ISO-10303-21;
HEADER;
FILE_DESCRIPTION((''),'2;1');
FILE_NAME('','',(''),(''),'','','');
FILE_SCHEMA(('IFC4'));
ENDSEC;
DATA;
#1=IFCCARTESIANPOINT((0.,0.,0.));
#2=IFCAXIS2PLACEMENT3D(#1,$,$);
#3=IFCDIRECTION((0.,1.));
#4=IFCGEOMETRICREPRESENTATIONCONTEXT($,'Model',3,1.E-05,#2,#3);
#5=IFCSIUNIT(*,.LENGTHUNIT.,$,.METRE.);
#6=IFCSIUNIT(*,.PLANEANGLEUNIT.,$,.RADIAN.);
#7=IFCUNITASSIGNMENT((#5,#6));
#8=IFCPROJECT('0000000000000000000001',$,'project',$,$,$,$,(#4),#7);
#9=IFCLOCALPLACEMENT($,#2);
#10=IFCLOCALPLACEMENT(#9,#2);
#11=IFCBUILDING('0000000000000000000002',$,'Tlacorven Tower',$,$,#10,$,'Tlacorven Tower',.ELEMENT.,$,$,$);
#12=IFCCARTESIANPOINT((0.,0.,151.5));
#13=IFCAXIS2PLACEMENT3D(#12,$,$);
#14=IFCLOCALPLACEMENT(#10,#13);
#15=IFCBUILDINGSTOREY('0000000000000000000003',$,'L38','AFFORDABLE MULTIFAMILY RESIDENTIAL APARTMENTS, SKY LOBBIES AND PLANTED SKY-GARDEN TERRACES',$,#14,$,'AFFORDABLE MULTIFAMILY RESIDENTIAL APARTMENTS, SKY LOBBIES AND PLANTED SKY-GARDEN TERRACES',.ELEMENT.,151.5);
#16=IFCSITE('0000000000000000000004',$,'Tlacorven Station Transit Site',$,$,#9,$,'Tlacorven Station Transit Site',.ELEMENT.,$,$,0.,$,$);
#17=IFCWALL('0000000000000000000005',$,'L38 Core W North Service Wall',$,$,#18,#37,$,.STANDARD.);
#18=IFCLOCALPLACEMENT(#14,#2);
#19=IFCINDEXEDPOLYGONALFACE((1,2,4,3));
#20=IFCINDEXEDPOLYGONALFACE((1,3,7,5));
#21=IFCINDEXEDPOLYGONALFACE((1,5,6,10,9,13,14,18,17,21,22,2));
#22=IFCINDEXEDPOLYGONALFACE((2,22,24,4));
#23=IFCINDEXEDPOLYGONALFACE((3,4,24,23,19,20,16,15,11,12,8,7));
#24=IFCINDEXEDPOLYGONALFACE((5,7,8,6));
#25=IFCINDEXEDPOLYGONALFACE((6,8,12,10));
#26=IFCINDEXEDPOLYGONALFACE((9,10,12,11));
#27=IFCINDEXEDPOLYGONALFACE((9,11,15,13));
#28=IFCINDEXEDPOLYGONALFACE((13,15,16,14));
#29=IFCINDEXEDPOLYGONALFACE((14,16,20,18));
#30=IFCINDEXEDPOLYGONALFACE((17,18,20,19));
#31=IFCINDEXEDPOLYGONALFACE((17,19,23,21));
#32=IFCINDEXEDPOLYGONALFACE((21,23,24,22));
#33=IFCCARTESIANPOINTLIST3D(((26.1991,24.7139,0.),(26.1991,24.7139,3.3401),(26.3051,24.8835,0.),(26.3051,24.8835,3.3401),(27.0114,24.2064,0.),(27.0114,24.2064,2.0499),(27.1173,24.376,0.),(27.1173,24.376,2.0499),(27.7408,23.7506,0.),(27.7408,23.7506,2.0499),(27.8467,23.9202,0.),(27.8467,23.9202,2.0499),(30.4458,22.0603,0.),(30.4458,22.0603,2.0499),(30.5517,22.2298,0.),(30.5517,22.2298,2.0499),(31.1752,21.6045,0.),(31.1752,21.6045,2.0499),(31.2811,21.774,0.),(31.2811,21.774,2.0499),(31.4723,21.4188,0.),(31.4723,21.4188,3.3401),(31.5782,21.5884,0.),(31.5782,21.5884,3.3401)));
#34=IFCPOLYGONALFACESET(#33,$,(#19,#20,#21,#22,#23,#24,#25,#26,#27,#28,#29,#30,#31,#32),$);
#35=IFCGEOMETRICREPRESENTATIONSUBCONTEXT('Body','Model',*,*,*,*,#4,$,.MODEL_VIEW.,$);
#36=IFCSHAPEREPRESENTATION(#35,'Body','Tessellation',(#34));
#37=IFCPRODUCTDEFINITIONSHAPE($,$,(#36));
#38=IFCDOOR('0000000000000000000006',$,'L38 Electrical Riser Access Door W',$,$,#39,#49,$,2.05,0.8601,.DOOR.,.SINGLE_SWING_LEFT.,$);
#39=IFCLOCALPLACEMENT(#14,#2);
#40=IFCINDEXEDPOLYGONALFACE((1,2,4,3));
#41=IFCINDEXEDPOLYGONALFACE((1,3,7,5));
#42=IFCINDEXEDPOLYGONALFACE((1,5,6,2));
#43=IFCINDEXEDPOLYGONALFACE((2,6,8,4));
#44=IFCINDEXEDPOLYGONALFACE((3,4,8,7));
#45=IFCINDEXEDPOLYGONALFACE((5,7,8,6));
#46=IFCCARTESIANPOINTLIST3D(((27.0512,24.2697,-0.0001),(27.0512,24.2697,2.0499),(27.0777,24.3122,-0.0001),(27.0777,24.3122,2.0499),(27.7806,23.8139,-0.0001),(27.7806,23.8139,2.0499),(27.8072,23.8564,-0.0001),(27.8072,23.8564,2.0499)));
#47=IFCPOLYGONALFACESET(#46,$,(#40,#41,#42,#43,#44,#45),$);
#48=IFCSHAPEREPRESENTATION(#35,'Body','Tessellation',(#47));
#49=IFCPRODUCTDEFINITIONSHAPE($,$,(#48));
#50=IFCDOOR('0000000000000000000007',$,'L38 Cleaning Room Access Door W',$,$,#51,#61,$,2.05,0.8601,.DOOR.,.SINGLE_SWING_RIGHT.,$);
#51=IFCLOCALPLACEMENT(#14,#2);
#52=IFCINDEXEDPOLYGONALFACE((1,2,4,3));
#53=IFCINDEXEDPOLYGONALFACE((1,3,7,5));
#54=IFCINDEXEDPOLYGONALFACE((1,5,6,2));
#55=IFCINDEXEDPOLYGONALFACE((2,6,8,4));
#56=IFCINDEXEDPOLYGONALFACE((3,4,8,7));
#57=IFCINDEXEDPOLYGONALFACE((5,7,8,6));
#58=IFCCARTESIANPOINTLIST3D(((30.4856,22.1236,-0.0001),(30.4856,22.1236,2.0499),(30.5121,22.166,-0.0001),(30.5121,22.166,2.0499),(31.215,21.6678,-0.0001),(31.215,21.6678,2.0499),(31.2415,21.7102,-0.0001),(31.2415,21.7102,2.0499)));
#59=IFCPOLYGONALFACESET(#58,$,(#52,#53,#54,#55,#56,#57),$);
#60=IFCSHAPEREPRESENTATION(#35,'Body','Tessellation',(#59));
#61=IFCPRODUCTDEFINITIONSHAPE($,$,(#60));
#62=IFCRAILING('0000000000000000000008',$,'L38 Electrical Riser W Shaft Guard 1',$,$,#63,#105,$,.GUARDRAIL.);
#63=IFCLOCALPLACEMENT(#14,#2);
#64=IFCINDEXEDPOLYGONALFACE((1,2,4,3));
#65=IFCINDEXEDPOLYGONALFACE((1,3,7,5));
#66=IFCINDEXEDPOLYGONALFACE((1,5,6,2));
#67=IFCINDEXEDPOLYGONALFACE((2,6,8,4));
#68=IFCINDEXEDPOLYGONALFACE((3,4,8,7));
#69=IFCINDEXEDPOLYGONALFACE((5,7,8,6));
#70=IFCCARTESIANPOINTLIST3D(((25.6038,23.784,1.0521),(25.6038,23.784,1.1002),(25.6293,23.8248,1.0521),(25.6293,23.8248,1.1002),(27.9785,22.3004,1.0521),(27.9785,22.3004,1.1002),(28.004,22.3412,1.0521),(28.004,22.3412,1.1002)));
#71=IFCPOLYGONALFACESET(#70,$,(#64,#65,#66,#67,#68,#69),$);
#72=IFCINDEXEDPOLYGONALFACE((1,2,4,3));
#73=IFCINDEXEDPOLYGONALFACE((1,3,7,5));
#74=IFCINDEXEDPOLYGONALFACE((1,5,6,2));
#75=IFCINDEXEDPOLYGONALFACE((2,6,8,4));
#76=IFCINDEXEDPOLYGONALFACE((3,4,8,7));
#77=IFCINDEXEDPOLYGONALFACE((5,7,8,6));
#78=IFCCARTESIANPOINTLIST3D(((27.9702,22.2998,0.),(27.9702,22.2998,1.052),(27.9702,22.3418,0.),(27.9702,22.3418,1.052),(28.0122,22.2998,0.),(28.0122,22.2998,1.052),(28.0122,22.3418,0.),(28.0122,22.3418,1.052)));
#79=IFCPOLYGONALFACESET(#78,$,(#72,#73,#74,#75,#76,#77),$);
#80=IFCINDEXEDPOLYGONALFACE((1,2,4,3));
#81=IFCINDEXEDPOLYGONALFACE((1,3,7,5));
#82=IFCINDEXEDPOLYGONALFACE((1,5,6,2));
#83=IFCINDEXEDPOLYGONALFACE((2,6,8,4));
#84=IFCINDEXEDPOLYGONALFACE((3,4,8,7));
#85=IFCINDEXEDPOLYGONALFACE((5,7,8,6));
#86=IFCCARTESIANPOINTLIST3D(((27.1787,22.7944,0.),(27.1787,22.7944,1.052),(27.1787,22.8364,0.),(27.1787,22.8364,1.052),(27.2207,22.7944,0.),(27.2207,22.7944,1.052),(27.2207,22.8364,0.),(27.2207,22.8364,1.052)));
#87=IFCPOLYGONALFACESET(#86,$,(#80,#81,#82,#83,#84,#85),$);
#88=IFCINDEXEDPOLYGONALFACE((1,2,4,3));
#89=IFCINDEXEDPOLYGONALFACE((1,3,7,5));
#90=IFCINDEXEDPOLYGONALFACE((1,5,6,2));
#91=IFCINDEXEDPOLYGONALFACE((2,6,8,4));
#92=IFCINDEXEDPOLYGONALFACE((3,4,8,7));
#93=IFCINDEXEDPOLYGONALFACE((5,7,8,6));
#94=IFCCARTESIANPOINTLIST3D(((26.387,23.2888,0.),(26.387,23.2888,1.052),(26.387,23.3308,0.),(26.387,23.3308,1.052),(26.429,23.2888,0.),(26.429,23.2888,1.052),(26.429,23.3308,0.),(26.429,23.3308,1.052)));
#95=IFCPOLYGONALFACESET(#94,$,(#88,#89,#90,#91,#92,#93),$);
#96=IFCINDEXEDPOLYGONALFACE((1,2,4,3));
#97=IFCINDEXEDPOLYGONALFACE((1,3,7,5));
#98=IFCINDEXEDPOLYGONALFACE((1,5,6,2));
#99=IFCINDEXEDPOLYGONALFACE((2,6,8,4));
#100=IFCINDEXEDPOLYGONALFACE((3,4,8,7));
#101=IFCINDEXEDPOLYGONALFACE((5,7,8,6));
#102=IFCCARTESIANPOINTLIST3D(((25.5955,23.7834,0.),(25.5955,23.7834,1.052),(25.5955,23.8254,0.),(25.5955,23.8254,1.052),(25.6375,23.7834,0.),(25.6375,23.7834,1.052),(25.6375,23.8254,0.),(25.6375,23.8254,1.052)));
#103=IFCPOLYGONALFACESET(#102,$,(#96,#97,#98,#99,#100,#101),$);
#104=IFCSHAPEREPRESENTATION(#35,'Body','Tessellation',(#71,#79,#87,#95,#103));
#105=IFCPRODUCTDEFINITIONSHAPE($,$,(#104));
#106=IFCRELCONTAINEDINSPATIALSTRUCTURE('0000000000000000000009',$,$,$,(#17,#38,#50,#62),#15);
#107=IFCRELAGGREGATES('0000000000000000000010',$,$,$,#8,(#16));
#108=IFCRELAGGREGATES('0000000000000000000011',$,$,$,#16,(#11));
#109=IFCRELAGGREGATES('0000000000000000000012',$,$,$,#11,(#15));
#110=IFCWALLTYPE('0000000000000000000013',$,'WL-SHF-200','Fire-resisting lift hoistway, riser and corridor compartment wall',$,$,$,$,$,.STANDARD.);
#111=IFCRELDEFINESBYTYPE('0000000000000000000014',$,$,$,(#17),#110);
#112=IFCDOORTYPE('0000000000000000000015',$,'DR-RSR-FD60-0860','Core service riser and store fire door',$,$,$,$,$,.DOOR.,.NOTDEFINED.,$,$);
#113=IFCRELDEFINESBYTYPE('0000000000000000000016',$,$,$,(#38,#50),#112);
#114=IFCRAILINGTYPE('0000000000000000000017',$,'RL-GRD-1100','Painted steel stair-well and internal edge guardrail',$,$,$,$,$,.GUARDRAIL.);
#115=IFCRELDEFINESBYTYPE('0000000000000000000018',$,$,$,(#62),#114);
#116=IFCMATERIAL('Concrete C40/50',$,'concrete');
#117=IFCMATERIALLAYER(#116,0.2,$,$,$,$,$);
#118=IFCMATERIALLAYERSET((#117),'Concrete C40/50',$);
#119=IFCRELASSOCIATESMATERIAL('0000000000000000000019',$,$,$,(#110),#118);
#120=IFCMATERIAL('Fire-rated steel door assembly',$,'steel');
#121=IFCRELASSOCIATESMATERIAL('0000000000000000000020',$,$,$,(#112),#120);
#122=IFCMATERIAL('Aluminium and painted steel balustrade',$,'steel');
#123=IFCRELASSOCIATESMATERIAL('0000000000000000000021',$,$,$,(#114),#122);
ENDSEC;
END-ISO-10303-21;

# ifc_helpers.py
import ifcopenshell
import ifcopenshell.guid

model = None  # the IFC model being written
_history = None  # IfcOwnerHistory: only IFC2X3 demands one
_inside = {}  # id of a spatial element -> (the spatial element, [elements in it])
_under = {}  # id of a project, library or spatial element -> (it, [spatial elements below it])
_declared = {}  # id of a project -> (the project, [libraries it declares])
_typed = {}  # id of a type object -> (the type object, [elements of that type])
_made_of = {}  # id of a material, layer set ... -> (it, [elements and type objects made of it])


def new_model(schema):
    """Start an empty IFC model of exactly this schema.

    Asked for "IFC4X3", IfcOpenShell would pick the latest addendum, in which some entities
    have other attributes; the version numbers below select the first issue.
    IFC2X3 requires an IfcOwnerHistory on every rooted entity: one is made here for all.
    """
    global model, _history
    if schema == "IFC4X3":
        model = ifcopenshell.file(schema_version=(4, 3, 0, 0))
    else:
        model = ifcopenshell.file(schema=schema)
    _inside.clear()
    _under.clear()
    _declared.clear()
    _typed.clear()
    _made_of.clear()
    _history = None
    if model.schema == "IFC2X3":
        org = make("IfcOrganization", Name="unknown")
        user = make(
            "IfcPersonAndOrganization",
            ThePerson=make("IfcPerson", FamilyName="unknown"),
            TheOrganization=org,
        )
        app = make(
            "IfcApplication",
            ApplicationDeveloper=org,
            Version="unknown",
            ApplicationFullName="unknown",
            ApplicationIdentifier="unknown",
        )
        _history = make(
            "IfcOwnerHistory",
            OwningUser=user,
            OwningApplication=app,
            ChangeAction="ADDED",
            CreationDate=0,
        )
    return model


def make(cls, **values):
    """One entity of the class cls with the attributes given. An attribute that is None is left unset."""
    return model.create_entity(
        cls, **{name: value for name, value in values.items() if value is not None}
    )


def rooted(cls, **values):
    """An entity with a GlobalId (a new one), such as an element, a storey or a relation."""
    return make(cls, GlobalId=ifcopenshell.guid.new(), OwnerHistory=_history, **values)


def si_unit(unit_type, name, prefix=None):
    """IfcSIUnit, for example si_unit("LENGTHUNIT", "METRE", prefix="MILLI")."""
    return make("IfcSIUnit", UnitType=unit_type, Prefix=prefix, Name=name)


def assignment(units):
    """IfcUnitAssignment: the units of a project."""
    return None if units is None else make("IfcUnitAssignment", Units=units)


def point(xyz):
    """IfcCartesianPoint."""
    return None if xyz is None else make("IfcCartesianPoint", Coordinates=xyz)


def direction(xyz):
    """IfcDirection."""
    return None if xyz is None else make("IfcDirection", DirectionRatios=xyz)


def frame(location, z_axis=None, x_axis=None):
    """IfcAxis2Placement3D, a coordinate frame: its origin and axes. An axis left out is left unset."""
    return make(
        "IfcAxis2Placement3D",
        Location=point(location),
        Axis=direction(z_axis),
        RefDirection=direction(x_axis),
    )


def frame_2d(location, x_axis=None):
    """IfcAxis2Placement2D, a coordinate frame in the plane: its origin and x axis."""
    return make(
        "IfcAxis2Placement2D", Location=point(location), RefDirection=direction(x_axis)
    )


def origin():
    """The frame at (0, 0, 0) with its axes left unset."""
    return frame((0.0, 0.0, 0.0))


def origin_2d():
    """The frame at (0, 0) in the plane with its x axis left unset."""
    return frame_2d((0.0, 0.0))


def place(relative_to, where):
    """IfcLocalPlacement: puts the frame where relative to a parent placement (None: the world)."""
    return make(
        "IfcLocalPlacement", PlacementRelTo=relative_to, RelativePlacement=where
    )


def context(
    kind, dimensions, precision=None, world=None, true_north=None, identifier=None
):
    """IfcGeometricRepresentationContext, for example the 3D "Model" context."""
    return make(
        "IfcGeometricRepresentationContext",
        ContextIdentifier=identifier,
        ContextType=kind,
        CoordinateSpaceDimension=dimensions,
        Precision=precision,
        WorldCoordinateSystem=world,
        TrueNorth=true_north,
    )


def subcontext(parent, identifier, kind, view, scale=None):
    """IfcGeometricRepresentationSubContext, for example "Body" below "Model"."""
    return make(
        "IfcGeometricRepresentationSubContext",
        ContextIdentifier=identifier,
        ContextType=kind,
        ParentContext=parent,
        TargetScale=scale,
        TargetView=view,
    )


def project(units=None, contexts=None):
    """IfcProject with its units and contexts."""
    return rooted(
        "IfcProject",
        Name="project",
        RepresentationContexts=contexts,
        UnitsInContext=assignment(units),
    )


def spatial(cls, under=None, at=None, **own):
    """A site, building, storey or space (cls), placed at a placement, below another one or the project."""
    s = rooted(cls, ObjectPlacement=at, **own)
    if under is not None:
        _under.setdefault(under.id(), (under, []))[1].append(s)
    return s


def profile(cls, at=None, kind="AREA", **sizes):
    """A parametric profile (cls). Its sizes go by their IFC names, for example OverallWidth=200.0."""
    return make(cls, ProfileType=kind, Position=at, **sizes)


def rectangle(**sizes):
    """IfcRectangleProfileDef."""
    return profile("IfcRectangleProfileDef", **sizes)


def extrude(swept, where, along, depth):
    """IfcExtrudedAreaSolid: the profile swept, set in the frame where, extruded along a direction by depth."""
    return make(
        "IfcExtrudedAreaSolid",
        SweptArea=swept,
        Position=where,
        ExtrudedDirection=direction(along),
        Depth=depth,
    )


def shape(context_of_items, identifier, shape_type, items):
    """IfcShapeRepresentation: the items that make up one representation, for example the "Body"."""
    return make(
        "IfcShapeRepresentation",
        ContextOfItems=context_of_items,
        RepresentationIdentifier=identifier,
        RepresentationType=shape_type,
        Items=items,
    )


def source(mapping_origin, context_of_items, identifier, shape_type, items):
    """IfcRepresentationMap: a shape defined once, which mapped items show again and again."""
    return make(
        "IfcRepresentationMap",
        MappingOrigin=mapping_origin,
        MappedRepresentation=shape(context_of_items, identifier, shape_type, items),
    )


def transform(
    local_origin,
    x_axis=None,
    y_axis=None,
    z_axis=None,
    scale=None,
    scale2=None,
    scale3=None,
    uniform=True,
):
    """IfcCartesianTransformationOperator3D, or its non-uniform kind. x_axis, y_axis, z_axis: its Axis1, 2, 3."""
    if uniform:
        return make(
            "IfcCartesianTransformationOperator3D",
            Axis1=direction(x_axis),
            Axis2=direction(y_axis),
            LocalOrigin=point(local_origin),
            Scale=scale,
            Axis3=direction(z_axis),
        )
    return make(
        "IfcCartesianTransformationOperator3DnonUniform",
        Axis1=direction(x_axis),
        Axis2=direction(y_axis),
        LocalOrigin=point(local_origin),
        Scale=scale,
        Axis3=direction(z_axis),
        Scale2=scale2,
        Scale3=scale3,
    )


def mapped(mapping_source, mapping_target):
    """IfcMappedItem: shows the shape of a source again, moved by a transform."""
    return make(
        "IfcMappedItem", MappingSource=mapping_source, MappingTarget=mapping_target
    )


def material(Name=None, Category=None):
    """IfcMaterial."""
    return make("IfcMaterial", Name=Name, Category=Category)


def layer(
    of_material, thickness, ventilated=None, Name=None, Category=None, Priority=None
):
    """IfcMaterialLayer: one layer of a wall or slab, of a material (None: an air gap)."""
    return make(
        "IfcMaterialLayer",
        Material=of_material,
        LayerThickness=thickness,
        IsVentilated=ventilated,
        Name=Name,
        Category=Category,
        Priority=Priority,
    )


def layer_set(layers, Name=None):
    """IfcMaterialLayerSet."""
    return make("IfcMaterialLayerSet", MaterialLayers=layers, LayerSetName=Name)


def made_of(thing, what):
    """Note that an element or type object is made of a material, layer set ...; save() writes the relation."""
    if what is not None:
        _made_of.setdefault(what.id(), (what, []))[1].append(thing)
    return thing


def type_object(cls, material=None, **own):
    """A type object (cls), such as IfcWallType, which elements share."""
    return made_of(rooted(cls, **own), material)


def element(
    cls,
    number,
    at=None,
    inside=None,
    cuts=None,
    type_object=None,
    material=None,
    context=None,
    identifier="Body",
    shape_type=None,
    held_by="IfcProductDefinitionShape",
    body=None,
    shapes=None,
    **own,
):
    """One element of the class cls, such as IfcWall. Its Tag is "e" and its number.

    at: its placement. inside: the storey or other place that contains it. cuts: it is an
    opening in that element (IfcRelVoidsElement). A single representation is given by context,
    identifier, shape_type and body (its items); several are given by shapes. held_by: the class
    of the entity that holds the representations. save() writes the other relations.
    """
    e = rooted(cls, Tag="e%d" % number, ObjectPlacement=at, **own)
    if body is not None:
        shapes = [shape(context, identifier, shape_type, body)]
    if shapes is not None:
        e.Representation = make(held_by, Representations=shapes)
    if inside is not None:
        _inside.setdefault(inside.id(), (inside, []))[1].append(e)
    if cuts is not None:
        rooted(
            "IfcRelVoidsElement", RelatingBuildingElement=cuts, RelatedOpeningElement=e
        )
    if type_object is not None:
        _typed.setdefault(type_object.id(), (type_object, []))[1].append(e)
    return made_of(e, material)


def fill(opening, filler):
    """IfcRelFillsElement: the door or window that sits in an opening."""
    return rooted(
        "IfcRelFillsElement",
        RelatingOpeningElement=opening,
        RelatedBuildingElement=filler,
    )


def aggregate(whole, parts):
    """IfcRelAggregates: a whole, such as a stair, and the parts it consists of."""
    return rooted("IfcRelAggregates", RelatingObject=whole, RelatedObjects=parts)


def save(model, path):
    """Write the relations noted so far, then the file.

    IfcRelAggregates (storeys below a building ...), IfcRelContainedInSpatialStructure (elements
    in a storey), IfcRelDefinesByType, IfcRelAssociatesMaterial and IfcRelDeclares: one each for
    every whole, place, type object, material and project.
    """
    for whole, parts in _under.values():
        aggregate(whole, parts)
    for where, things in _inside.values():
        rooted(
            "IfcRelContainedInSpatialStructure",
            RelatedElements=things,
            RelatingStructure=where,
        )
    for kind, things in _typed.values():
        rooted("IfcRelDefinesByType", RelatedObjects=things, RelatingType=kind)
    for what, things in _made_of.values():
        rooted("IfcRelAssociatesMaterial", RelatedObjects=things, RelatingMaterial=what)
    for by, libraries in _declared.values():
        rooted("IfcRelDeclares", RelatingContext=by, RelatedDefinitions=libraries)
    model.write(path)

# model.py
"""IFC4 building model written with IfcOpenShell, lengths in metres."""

from ifc_helpers import new_model, si_unit, direction, frame, frame_2d, origin, origin_2d, place, context, subcontext, project, spatial, rectangle, extrude, source, transform, mapped, material, layer, layer_set, type_object, element, fill, save


model = new_model("IFC4")

# Units and contexts
model_context = context("Model", 3, precision=1e-05, world=origin(), true_north=direction((0.0, 1.0)))
body_context = subcontext(model_context, "Body", "Model", "MODEL_VIEW")
ifc_project = project(units=[si_unit("LENGTHUNIT", "METRE"), si_unit("PLANEANGLEUNIT", "RADIAN")], contexts=[model_context])

# Site, building, storey
site_placement = place(None, origin())
site = spatial("IfcSite", under=ifc_project, at=site_placement, Name="Tlacorven Station Transit Site", LongName="Tlacorven Station Transit Site", CompositionType="ELEMENT", RefElevation=0.0)
building_placement = place(site_placement, origin())
building = spatial("IfcBuilding", under=site, at=building_placement, Name="Tlacorven Tower", LongName="Tlacorven Tower", CompositionType="ELEMENT")
storey_placement = place(building_placement, frame((0.0, 0.0, 151.5)))
storey = spatial("IfcBuildingStorey", under=building, at=storey_placement, Name="L38", Description="AFFORDABLE MULTIFAMILY RESIDENTIAL APARTMENTS, SKY LOBBIES AND PLANTED SKY-GARDEN TERRACES", LongName="AFFORDABLE MULTIFAMILY RESIDENTIAL APARTMENTS, SKY LOBBIES AND PLANTED SKY-GARDEN TERRACES", CompositionType="ELEMENT", Elevation=151.5)

# Shared definitions
ifc_material_1 = material(Name="Concrete C40/50", Category="concrete")
ifc_layer_1 = layer(ifc_material_1, 0.2)
ifc_layer_set_1 = layer_set([ifc_layer_1], Name="Concrete C40/50")
wall_type_1 = type_object("IfcWallType", Name="WL-SHF-200", Description="Fire-resisting lift hoistway, riser and corridor compartment wall", PredefinedType="STANDARD", material=ifc_layer_set_1)

# Shared definitions
ifc_material_2 = material(Name="Fire-rated steel door assembly", Category="steel")

# Wall, openings, doors
wall_1_placement = place(storey_placement, frame((31.5251, 21.5037, 0.0), z_axis=(0.0, 0.0, 1.0), x_axis=(-0.84804, 0.529932, 0.0)))
wall_1 = element("IfcWall", 1, at=wall_1_placement, inside=storey, type_object=wall_type_1, Name="L38 Core W North Service Wall", PredefinedType="STANDARD", context=body_context, shape_type="SweptSolid", body=[
    extrude(rectangle(XDim=6.218, YDim=0.2, at=frame_2d((3.1089, 0.0))), origin(), (0.0, 0.0, 1.0), 3.3401),
])
opening_1_placement = place(wall_1_placement, frame((4.3999, 0.0, 0.0)))
opening_1 = element("IfcOpeningElement", 2, at=opening_1_placement, cuts=wall_1, PredefinedType="OPENING", context=body_context, shape_type="SweptSolid", body=[
    extrude(rectangle(XDim=0.8601, YDim=2.05, at=frame_2d((0.4302, 1.0249))), frame((0.0, 0.1099, 0.0), z_axis=(0.0, -1.0, 0.0), x_axis=(1.0, 0.0, 0.0)), (0.0, 0.0, 1.0), 0.22),
])
opening_2_placement = place(wall_1_placement, frame((0.3501, 0.0, 0.0)))
opening_2 = element("IfcOpeningElement", 3, at=opening_2_placement, cuts=wall_1, PredefinedType="OPENING", context=body_context, shape_type="SweptSolid", body=[
    extrude(rectangle(XDim=0.8601, YDim=2.05, at=frame_2d((0.4302, 1.0249))), frame((0.0, 0.1099, 0.0), z_axis=(0.0, -1.0, 0.0), x_axis=(1.0, 0.0, 0.0)), (0.0, 0.0, 1.0), 0.22),
])
door_type_1 = type_object("IfcDoorType", Name="DR-RSR-FD60-0860", Description="Core service riser and store fire door", OperationType="NOTDEFINED", PredefinedType="DOOR", material=ifc_material_2)
shared_shape_1 = source(origin(), body_context, "Body", "SweptSolid", [
    extrude(rectangle(XDim=0.8601, YDim=2.05, at=frame_2d((0.4302, 1.0249))), frame((0.0, 0.0249, 0.0), z_axis=(0.0, -1.0, 0.0), x_axis=(1.0, 0.0, 0.0)), (0.0, 0.0, 1.0), 0.05),
])
door_1_placement = place(opening_1_placement, frame((0.8601, 0.0, 0.0), z_axis=(0.0, 0.0, 1.0), x_axis=(-1.0, 0.0, 0.0)))
door_1 = element("IfcDoor", 4, at=door_1_placement, inside=storey, type_object=door_type_1, Name="L38 Electrical Riser Access Door W", OperationType="SINGLE_SWING_LEFT", OverallHeight=2.05, OverallWidth=0.8601, PredefinedType="DOOR", context=body_context, shape_type="MappedRepresentation", body=[
    mapped(shared_shape_1, transform((0.0, 0.0, 0.0), scale=1.0)),
])
fill(opening_1, door_1)
door_2_placement = place(opening_2_placement, frame((0.8601, 0.0, 0.0), z_axis=(0.0, 0.0, 1.0), x_axis=(-1.0, 0.0, 0.0)))
door_2 = element("IfcDoor", 5, at=door_2_placement, inside=storey, type_object=door_type_1, Name="L38 Cleaning Room Access Door W", OperationType="SINGLE_SWING_RIGHT", OverallHeight=2.05, OverallWidth=0.8601, PredefinedType="DOOR", context=body_context, shape_type="MappedRepresentation", body=[
    mapped(shared_shape_1, transform((0.0, 0.0, 0.0), scale=1.0)),
])
fill(opening_2, door_2)

# Railing
ifc_material_3 = material(Name="Aluminium and painted steel balustrade", Category="steel")
railing_type = type_object("IfcRailingType", Name="RL-GRD-1100", Description="Painted steel stair-well and internal edge guardrail", PredefinedType="GUARDRAIL", material=ifc_material_3)
shared_shape_2 = source(origin(), body_context, "Body", "SweptSolid", [
    extrude(rectangle(XDim=0.0481, YDim=0.0481, at=origin_2d()), frame((0.0, 0.0, 1.0762), z_axis=(-0.848091, 0.52985, 0.0), x_axis=(-0.52985, -0.848091, 0.0)), (0.0, 0.0, 1.0), 2.8),
    extrude(rectangle(XDim=0.042, YDim=0.042, at=origin_2d()), origin(), (0.0, 0.0, 1.0), 1.052),
    extrude(rectangle(XDim=0.042, YDim=0.042, at=origin_2d()), frame((-0.7915, 0.4946, 0.0)), (0.0, 0.0, 1.0), 1.052),
    extrude(rectangle(XDim=0.042, YDim=0.042, at=origin_2d()), frame((-1.5833, 0.989, 0.0)), (0.0, 0.0, 1.0), 1.052),
    extrude(rectangle(XDim=0.042, YDim=0.042, at=origin_2d()), frame((-2.3748, 1.4836, 0.0)), (0.0, 0.0, 1.0), 1.052),
])
railing_placement = place(storey_placement, frame((27.9912, 22.3208, 0.0)))
element("IfcRailing", 6, at=railing_placement, inside=storey, type_object=railing_type, Name="L38 Electrical Riser W Shaft Guard 1", PredefinedType="GUARDRAIL", context=body_context, shape_type="MappedRepresentation", body=[
    mapped(shared_shape_2, transform((0.0, 0.0, 0.0), scale=1.0)),
])

save(model, "model.ifc")
